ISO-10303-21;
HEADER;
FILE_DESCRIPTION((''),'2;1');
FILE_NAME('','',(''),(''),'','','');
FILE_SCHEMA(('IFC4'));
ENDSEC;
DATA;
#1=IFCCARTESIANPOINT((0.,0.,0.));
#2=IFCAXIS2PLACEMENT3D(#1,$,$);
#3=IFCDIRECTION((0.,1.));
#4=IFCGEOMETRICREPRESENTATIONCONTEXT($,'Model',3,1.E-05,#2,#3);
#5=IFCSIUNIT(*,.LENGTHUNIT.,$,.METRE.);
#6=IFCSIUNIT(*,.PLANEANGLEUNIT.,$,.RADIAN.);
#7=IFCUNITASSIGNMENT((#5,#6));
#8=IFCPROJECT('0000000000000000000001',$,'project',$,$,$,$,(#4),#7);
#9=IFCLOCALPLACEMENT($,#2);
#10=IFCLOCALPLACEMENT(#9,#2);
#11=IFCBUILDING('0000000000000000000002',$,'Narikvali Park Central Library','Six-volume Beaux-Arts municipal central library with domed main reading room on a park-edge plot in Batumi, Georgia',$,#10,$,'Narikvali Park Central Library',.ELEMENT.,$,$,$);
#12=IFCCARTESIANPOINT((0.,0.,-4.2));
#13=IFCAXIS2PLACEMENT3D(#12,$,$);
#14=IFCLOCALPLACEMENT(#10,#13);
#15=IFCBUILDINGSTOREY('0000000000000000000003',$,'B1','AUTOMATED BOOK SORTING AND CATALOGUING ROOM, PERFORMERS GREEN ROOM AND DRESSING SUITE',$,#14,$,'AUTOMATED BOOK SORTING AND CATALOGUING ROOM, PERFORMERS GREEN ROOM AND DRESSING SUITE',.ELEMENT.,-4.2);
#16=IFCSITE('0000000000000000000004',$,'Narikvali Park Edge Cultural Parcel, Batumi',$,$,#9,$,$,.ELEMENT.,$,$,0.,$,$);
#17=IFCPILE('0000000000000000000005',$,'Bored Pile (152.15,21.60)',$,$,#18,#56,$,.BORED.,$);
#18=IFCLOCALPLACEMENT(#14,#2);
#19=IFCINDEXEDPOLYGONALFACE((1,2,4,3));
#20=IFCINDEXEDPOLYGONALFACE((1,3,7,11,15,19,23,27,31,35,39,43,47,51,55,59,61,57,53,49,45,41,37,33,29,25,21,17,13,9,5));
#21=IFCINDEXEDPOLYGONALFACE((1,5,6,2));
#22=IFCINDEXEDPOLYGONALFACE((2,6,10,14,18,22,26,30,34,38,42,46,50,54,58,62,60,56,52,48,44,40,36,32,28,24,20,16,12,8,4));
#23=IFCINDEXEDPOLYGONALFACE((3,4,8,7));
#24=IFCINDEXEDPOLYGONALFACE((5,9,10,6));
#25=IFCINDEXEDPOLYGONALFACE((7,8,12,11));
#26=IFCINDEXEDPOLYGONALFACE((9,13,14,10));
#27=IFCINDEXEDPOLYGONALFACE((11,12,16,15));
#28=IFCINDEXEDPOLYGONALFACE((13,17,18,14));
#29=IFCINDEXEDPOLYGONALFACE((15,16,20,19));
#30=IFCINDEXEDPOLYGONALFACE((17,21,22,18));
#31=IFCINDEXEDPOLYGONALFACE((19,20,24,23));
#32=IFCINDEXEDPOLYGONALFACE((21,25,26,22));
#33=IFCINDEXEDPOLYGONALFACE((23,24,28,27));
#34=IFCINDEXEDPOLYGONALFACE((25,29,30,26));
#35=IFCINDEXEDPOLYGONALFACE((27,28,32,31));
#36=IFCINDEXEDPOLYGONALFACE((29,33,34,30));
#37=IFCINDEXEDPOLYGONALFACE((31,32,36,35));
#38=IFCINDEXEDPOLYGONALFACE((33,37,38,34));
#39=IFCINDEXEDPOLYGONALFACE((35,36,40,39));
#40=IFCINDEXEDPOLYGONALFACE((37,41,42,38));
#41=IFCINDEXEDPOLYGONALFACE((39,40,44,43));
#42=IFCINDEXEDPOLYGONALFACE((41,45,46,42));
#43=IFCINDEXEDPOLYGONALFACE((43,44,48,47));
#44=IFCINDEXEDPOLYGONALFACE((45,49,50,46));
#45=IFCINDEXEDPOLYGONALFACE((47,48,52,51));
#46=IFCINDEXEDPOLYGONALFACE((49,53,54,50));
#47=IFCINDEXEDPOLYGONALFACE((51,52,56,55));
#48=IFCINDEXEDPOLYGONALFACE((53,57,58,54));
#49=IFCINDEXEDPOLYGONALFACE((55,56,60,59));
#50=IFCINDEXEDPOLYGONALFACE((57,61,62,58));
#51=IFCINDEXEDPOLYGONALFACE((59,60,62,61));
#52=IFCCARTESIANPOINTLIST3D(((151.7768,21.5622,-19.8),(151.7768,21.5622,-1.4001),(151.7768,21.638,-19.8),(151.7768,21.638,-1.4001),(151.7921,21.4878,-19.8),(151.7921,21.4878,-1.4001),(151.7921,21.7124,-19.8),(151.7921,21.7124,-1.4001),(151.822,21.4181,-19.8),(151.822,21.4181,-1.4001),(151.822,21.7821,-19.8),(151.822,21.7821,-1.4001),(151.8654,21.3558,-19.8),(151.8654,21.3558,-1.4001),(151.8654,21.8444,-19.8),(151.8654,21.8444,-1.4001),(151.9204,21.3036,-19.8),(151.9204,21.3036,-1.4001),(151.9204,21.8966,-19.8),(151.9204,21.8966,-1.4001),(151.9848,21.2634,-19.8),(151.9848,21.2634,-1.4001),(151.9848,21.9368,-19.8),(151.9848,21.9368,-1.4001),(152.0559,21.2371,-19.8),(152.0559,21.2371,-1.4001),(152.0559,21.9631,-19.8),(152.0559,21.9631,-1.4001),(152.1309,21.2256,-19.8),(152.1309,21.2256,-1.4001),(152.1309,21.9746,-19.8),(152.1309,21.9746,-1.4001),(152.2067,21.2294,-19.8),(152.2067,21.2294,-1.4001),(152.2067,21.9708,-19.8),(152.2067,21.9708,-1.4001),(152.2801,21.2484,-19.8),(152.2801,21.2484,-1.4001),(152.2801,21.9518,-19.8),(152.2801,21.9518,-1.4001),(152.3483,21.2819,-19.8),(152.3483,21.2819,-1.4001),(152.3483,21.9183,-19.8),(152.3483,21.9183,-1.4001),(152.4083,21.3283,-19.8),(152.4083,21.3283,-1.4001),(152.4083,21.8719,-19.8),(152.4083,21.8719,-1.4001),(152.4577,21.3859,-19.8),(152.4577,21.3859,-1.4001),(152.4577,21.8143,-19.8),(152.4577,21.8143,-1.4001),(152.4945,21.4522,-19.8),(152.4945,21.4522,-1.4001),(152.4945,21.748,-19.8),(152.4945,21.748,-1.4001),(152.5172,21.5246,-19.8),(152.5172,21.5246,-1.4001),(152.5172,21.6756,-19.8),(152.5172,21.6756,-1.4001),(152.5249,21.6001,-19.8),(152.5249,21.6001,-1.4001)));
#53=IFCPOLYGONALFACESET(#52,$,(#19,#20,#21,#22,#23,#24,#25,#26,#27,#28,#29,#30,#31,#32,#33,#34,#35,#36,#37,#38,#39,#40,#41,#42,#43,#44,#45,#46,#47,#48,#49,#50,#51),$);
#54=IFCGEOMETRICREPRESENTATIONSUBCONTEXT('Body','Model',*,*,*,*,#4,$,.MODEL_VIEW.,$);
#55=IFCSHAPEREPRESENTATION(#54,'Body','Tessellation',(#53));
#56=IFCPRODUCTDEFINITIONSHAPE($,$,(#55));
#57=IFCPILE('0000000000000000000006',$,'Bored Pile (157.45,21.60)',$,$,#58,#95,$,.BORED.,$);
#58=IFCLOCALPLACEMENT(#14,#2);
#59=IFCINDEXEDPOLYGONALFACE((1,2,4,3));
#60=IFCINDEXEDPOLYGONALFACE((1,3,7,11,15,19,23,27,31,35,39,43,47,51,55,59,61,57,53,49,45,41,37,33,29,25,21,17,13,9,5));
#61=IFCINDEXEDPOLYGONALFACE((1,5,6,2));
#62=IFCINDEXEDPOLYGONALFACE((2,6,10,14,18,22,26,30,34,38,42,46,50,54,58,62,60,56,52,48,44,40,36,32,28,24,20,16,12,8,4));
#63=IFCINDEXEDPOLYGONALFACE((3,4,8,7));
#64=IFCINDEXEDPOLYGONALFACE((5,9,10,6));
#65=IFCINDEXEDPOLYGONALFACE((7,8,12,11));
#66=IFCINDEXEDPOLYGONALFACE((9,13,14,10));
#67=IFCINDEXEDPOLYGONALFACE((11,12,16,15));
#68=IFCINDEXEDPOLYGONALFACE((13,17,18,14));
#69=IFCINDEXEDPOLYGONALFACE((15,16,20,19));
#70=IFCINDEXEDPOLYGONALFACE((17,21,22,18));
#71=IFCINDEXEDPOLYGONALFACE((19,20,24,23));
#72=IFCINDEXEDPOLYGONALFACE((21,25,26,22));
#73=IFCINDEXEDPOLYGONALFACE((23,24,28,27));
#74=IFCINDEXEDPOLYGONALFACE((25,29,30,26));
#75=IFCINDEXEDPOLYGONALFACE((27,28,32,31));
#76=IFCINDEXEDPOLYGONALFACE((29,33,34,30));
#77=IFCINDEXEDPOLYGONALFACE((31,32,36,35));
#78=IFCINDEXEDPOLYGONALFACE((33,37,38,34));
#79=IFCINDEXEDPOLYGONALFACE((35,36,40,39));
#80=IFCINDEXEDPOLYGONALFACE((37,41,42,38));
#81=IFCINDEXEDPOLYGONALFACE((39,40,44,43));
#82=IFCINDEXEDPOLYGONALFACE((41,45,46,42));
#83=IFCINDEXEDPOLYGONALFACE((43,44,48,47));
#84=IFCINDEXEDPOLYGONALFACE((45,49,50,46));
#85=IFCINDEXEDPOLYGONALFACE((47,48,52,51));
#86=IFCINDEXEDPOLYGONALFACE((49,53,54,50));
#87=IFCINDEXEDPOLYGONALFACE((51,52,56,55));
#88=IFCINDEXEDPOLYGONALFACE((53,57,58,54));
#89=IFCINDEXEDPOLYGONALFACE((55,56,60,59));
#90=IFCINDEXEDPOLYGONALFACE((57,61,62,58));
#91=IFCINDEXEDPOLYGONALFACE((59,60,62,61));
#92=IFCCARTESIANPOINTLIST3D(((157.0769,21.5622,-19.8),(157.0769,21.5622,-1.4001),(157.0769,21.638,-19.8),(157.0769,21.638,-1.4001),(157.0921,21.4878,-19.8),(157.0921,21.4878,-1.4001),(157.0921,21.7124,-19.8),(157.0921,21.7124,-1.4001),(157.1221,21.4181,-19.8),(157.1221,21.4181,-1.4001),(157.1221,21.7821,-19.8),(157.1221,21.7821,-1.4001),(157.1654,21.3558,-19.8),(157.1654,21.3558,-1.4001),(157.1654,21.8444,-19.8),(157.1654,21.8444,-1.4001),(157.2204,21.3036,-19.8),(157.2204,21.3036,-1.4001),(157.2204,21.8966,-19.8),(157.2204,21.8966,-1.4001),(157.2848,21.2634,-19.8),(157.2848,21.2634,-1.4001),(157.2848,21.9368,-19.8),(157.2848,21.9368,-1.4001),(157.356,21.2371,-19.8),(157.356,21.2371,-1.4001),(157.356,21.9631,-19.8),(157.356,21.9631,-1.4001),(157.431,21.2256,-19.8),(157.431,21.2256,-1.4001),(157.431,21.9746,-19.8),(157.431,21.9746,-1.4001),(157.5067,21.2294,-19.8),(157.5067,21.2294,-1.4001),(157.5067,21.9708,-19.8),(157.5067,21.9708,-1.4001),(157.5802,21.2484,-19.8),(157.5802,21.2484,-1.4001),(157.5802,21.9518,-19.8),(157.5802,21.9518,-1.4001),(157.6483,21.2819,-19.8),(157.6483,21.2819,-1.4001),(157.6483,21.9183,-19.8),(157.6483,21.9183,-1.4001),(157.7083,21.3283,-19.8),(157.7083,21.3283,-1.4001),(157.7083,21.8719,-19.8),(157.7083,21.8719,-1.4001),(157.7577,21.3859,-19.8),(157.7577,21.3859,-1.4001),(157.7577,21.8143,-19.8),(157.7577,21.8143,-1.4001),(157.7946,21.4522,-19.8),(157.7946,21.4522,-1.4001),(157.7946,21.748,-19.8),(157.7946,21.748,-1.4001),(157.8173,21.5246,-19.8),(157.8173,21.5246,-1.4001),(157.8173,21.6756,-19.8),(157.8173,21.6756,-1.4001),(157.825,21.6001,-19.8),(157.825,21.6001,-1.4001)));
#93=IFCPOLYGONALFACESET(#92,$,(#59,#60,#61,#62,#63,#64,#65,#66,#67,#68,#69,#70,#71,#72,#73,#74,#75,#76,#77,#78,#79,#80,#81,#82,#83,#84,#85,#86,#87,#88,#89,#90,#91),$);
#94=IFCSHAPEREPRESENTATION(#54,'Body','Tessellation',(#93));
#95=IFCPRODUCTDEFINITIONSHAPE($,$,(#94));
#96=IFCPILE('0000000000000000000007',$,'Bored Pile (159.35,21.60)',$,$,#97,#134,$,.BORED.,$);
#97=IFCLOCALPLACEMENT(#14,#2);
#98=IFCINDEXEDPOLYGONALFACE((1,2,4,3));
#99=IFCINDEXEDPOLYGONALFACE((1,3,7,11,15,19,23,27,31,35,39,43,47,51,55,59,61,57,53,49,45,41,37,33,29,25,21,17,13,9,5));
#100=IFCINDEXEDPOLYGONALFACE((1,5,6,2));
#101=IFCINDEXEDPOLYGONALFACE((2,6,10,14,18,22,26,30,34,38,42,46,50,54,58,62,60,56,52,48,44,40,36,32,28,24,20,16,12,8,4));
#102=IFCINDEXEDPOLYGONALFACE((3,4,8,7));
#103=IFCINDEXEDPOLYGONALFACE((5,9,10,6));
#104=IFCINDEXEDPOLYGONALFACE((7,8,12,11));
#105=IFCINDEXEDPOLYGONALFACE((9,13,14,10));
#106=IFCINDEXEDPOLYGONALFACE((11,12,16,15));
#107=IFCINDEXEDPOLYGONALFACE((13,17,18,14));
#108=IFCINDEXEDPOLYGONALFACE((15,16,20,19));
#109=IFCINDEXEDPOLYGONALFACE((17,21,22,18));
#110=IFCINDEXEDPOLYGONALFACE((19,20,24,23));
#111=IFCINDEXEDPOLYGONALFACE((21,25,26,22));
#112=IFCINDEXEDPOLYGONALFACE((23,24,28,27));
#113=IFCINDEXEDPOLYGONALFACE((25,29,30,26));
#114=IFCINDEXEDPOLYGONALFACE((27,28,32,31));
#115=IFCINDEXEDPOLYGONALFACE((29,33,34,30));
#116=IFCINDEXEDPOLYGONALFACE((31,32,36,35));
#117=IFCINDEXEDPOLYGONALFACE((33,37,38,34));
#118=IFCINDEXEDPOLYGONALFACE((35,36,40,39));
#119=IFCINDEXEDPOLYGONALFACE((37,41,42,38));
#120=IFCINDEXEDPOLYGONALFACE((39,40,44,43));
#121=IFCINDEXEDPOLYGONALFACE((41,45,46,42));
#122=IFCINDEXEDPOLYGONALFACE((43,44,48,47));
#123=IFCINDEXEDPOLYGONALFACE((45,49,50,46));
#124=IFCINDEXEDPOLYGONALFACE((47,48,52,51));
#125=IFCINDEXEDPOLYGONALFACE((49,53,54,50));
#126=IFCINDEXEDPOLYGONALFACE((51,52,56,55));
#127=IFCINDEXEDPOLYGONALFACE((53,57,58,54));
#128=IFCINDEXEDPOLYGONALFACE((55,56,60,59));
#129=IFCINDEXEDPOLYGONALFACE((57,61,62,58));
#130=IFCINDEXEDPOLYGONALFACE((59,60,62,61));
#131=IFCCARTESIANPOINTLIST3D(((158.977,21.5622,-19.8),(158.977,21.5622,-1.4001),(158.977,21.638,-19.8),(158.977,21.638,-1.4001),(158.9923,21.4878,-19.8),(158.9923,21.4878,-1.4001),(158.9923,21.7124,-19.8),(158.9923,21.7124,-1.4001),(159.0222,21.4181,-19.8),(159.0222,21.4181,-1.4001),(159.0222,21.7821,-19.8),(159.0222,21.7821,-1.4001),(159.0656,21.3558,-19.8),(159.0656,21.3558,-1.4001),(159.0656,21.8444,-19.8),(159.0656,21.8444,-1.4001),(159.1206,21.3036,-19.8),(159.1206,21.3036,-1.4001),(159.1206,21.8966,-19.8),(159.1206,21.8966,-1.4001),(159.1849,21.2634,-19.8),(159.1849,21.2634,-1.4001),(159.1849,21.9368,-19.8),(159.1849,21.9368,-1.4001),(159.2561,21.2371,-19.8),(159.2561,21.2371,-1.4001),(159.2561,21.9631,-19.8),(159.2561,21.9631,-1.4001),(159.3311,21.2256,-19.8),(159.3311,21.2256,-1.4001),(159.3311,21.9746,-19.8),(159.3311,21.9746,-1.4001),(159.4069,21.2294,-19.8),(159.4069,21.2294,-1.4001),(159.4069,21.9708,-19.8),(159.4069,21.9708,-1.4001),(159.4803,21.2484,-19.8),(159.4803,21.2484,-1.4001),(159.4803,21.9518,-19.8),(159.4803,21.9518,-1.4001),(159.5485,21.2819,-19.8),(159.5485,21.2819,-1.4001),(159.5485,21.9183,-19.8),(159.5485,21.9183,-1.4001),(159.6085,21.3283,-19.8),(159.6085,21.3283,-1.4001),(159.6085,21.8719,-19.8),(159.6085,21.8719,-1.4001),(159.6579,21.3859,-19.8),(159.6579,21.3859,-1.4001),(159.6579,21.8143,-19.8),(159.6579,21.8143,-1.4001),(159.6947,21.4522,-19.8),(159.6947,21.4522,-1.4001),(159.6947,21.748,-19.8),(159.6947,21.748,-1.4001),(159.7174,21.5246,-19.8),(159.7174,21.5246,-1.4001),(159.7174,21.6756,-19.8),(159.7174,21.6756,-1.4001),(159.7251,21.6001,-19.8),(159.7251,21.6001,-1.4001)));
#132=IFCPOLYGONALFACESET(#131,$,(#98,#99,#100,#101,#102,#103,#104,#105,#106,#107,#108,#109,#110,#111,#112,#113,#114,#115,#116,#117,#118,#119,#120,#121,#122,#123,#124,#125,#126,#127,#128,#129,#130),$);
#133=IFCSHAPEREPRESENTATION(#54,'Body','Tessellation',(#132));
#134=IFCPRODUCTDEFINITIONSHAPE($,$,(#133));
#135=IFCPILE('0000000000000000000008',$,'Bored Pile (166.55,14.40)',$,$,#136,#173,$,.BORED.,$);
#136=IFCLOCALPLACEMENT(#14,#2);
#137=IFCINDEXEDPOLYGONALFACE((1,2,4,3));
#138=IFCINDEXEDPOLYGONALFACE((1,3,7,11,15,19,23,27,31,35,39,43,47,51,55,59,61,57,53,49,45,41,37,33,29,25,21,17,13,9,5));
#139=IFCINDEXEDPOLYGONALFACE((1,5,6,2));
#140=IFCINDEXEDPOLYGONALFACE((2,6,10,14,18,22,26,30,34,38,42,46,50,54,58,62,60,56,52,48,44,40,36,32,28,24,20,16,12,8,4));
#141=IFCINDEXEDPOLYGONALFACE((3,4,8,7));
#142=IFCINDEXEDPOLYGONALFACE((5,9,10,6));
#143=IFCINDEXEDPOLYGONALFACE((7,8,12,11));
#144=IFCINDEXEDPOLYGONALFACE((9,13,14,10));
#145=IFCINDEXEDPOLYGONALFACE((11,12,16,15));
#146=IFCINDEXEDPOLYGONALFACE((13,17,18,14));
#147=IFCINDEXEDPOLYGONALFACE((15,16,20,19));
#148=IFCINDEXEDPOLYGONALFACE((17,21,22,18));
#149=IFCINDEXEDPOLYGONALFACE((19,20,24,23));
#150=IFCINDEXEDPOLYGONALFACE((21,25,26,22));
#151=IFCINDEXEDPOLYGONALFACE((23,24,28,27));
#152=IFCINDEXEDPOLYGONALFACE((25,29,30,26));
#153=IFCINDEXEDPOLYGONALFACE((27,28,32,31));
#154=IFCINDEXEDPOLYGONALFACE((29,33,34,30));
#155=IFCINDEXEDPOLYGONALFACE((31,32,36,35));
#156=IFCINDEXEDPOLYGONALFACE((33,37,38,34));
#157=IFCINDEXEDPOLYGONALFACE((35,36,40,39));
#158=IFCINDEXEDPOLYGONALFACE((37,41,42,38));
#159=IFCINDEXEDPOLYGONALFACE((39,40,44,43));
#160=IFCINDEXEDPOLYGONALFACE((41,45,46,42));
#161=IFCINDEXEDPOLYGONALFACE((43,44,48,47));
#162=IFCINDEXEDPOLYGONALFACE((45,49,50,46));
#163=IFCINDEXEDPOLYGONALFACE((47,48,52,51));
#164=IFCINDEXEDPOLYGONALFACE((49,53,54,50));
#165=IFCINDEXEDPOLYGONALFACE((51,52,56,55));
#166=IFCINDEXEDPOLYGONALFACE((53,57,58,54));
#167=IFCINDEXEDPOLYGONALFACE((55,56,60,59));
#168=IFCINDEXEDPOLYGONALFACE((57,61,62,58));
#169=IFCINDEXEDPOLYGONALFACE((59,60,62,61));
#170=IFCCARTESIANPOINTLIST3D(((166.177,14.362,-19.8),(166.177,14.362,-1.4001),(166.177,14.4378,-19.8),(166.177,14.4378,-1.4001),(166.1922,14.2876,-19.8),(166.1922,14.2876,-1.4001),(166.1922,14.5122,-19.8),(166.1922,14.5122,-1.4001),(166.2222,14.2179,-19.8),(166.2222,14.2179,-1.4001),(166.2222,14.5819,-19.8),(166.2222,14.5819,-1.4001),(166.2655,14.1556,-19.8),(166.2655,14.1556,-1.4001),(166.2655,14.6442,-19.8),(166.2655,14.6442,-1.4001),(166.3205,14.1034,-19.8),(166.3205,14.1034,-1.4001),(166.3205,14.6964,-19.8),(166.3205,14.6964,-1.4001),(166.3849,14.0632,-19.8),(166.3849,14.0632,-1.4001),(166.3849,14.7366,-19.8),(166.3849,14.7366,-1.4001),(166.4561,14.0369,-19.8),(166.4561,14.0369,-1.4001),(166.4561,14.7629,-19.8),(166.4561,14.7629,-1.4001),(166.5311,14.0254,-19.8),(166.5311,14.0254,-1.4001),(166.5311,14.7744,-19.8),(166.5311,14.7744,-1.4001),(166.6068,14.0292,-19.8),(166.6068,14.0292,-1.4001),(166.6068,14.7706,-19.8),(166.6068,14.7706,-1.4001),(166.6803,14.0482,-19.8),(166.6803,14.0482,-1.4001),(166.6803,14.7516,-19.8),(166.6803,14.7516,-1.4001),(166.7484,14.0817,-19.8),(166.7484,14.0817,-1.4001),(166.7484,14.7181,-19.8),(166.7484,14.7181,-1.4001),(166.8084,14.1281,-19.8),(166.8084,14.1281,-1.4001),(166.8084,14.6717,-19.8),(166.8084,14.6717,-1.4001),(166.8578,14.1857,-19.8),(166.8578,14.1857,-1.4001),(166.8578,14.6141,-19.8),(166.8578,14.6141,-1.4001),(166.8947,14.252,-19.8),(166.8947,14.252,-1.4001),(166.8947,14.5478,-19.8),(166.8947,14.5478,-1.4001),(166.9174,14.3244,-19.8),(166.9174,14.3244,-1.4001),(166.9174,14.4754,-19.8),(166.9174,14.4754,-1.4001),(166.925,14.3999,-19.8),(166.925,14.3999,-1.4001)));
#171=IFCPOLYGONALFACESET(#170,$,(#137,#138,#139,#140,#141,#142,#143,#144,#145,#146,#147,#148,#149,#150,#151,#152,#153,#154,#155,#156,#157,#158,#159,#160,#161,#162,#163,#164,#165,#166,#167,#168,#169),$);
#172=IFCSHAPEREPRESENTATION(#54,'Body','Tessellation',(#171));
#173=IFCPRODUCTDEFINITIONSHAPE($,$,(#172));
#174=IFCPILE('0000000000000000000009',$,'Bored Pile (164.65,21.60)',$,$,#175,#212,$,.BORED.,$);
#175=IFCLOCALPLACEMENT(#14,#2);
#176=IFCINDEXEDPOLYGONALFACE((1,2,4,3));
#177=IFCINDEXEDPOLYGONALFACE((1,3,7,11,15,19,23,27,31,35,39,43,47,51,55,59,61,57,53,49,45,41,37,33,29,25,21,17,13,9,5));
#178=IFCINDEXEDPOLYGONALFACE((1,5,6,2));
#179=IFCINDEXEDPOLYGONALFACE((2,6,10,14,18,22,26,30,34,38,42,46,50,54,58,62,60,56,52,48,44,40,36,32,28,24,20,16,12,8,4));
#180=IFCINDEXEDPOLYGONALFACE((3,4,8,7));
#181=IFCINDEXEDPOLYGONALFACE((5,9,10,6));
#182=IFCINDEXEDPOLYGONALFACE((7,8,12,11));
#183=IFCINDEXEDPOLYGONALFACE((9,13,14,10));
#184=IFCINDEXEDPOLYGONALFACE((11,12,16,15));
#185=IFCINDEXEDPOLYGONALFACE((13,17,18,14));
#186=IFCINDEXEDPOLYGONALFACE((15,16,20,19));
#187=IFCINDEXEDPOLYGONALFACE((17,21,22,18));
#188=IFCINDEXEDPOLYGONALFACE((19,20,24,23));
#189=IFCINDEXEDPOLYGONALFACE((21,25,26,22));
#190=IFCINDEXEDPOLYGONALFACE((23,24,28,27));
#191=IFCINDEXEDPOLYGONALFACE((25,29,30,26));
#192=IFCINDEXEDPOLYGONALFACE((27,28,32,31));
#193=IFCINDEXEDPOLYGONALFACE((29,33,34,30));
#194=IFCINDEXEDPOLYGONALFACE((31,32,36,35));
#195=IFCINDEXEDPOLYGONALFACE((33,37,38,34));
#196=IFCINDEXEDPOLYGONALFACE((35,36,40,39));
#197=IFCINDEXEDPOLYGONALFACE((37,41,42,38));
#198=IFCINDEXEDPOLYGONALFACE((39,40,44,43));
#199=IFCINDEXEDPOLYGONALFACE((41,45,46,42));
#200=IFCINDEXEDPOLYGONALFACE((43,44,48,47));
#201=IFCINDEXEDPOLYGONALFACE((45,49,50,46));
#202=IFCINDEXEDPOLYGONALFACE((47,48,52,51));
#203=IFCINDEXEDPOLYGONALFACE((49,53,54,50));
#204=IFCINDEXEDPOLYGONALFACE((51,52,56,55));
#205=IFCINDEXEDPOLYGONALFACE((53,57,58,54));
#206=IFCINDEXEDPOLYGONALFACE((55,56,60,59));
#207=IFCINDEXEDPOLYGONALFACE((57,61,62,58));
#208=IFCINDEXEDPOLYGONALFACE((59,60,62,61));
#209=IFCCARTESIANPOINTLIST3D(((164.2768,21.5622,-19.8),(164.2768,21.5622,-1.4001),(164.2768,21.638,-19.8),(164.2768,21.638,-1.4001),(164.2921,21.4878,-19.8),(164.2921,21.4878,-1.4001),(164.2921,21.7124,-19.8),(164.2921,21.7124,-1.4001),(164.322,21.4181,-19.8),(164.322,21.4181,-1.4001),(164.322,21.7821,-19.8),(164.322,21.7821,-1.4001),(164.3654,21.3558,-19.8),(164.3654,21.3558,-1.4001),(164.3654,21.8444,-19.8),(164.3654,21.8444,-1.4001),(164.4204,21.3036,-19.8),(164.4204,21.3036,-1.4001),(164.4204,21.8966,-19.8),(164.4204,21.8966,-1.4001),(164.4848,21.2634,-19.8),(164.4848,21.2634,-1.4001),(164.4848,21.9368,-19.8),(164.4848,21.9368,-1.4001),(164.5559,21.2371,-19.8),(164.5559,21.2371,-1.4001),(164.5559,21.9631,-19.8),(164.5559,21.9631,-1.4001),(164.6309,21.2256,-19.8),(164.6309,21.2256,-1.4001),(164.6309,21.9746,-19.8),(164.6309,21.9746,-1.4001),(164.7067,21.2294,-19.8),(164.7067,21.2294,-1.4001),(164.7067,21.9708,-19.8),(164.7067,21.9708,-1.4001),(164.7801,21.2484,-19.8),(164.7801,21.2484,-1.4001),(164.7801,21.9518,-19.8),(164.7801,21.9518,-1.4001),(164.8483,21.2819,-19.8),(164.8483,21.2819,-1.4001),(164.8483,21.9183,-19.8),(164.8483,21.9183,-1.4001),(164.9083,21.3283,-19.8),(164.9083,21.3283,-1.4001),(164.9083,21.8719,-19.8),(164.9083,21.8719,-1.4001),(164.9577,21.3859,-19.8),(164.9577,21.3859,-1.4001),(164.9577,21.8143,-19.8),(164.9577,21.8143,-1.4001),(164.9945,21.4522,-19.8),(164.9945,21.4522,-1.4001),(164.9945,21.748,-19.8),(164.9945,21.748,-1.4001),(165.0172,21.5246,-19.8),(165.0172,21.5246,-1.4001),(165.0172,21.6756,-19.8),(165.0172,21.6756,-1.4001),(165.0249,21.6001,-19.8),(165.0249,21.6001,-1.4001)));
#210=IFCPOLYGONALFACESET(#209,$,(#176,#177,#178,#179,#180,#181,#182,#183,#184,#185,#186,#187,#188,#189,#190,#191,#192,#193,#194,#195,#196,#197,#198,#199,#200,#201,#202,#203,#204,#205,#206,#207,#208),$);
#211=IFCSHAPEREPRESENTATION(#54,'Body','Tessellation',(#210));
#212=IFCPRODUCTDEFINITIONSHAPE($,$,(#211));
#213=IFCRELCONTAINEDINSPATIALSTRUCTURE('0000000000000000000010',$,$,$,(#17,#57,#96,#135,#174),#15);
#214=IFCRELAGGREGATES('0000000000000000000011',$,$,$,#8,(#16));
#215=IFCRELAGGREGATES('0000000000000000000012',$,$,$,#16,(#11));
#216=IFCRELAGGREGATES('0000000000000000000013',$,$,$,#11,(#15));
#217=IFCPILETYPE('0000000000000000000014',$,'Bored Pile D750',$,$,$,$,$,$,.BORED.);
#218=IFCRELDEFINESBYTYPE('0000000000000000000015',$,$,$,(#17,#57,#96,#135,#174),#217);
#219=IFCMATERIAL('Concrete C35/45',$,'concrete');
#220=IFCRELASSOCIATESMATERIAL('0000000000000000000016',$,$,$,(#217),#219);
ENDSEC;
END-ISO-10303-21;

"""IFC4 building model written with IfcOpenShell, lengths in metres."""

from ifc_helpers import new_model, si_unit, direction, frame, origin, origin_2d, place, context, subcontext, project, spatial, circle, extrude, material, material_profile, profile_set, type_object, element, save


model = new_model("IFC4")

# Units and contexts
model_context = context("Model", 3, precision=1e-05, world=origin(), true_north=direction((0.0, 1.0)))
body_context = subcontext(model_context, "Body", "Model", "MODEL_VIEW")
ifc_project = project(units=[si_unit("LENGTHUNIT", "METRE"), si_unit("PLANEANGLEUNIT", "RADIAN")], contexts=[model_context])

# Site, building, storey
site_placement = place(None, origin())
site = spatial("IfcSite", under=ifc_project, at=site_placement, Name="Narikvali Park Edge Cultural Parcel, Batumi", CompositionType="ELEMENT", RefElevation=0.0)
building_placement = place(site_placement, origin())
building = spatial("IfcBuilding", under=site, at=building_placement, Name="Narikvali Park Central Library", Description="Six-volume Beaux-Arts municipal central library with domed main reading room on a park-edge plot in Batumi, Georgia", LongName="Narikvali Park Central Library", CompositionType="ELEMENT")
storey_placement = place(building_placement, frame((0.0, 0.0, -4.2)))
storey = spatial("IfcBuildingStorey", under=building, at=storey_placement, Name="B1", Description="AUTOMATED BOOK SORTING AND CATALOGUING ROOM, PERFORMERS GREEN ROOM AND DRESSING SUITE", LongName="AUTOMATED BOOK SORTING AND CATALOGUING ROOM, PERFORMERS GREEN ROOM AND DRESSING SUITE", CompositionType="ELEMENT", Elevation=-4.2)

# Piles
ifc_material_1 = material(Name="Concrete C35/45", Category="concrete")
ifc_material_profile_1 = material_profile(ifc_material_1, circle(Radius=0.375, at=origin_2d()), Name="PILE D750")
ifc_profile_set_1 = profile_set([ifc_material_profile_1], Name="Concrete C35/45")
pile_type = type_object("IfcPileType", Name="Bored Pile D750", PredefinedType="BORED", material=ifc_profile_set_1)
for number, where, z_axis, x_axis, name in (
    (1, (152.1499, 21.6001, -1.4001), (0.0, 0.0, -1.0), (1.0, 0.0, 0.0), "Bored Pile (152.15,21.60)"),
    (2, (157.45, 21.6001, -1.4001), (0.0, 0.0, -1.0), (1.0, 0.0, 0.0), "Bored Pile (157.45,21.60)"),
    (3, (159.3501, 21.6001, -1.4001), (0.0, 0.0, -1.0), (1.0, 0.0, 0.0), "Bored Pile (159.35,21.60)"),
    (4, (166.55, 14.3999, -1.4001), (0.0, 0.0, -1.0), (1.0, 0.0, 0.0), "Bored Pile (166.55,14.40)"),
    (5, (164.6499, 21.6001, -1.4001), (0.0, 0.0, -1.0), (1.0, 0.0, 0.0), "Bored Pile (164.65,21.60)"),
):
    element("IfcPile", number, at=place(storey_placement, frame(where, z_axis=z_axis, x_axis=x_axis)), inside=storey, type_object=pile_type, Name=name, PredefinedType="BORED", context=body_context, shape_type="SweptSolid", body=[
        extrude(circle(Radius=0.375, at=origin_2d()), origin(), (0.0, 0.0, 1.0), 18.3999),
    ])

save(model, "model.ifc")
